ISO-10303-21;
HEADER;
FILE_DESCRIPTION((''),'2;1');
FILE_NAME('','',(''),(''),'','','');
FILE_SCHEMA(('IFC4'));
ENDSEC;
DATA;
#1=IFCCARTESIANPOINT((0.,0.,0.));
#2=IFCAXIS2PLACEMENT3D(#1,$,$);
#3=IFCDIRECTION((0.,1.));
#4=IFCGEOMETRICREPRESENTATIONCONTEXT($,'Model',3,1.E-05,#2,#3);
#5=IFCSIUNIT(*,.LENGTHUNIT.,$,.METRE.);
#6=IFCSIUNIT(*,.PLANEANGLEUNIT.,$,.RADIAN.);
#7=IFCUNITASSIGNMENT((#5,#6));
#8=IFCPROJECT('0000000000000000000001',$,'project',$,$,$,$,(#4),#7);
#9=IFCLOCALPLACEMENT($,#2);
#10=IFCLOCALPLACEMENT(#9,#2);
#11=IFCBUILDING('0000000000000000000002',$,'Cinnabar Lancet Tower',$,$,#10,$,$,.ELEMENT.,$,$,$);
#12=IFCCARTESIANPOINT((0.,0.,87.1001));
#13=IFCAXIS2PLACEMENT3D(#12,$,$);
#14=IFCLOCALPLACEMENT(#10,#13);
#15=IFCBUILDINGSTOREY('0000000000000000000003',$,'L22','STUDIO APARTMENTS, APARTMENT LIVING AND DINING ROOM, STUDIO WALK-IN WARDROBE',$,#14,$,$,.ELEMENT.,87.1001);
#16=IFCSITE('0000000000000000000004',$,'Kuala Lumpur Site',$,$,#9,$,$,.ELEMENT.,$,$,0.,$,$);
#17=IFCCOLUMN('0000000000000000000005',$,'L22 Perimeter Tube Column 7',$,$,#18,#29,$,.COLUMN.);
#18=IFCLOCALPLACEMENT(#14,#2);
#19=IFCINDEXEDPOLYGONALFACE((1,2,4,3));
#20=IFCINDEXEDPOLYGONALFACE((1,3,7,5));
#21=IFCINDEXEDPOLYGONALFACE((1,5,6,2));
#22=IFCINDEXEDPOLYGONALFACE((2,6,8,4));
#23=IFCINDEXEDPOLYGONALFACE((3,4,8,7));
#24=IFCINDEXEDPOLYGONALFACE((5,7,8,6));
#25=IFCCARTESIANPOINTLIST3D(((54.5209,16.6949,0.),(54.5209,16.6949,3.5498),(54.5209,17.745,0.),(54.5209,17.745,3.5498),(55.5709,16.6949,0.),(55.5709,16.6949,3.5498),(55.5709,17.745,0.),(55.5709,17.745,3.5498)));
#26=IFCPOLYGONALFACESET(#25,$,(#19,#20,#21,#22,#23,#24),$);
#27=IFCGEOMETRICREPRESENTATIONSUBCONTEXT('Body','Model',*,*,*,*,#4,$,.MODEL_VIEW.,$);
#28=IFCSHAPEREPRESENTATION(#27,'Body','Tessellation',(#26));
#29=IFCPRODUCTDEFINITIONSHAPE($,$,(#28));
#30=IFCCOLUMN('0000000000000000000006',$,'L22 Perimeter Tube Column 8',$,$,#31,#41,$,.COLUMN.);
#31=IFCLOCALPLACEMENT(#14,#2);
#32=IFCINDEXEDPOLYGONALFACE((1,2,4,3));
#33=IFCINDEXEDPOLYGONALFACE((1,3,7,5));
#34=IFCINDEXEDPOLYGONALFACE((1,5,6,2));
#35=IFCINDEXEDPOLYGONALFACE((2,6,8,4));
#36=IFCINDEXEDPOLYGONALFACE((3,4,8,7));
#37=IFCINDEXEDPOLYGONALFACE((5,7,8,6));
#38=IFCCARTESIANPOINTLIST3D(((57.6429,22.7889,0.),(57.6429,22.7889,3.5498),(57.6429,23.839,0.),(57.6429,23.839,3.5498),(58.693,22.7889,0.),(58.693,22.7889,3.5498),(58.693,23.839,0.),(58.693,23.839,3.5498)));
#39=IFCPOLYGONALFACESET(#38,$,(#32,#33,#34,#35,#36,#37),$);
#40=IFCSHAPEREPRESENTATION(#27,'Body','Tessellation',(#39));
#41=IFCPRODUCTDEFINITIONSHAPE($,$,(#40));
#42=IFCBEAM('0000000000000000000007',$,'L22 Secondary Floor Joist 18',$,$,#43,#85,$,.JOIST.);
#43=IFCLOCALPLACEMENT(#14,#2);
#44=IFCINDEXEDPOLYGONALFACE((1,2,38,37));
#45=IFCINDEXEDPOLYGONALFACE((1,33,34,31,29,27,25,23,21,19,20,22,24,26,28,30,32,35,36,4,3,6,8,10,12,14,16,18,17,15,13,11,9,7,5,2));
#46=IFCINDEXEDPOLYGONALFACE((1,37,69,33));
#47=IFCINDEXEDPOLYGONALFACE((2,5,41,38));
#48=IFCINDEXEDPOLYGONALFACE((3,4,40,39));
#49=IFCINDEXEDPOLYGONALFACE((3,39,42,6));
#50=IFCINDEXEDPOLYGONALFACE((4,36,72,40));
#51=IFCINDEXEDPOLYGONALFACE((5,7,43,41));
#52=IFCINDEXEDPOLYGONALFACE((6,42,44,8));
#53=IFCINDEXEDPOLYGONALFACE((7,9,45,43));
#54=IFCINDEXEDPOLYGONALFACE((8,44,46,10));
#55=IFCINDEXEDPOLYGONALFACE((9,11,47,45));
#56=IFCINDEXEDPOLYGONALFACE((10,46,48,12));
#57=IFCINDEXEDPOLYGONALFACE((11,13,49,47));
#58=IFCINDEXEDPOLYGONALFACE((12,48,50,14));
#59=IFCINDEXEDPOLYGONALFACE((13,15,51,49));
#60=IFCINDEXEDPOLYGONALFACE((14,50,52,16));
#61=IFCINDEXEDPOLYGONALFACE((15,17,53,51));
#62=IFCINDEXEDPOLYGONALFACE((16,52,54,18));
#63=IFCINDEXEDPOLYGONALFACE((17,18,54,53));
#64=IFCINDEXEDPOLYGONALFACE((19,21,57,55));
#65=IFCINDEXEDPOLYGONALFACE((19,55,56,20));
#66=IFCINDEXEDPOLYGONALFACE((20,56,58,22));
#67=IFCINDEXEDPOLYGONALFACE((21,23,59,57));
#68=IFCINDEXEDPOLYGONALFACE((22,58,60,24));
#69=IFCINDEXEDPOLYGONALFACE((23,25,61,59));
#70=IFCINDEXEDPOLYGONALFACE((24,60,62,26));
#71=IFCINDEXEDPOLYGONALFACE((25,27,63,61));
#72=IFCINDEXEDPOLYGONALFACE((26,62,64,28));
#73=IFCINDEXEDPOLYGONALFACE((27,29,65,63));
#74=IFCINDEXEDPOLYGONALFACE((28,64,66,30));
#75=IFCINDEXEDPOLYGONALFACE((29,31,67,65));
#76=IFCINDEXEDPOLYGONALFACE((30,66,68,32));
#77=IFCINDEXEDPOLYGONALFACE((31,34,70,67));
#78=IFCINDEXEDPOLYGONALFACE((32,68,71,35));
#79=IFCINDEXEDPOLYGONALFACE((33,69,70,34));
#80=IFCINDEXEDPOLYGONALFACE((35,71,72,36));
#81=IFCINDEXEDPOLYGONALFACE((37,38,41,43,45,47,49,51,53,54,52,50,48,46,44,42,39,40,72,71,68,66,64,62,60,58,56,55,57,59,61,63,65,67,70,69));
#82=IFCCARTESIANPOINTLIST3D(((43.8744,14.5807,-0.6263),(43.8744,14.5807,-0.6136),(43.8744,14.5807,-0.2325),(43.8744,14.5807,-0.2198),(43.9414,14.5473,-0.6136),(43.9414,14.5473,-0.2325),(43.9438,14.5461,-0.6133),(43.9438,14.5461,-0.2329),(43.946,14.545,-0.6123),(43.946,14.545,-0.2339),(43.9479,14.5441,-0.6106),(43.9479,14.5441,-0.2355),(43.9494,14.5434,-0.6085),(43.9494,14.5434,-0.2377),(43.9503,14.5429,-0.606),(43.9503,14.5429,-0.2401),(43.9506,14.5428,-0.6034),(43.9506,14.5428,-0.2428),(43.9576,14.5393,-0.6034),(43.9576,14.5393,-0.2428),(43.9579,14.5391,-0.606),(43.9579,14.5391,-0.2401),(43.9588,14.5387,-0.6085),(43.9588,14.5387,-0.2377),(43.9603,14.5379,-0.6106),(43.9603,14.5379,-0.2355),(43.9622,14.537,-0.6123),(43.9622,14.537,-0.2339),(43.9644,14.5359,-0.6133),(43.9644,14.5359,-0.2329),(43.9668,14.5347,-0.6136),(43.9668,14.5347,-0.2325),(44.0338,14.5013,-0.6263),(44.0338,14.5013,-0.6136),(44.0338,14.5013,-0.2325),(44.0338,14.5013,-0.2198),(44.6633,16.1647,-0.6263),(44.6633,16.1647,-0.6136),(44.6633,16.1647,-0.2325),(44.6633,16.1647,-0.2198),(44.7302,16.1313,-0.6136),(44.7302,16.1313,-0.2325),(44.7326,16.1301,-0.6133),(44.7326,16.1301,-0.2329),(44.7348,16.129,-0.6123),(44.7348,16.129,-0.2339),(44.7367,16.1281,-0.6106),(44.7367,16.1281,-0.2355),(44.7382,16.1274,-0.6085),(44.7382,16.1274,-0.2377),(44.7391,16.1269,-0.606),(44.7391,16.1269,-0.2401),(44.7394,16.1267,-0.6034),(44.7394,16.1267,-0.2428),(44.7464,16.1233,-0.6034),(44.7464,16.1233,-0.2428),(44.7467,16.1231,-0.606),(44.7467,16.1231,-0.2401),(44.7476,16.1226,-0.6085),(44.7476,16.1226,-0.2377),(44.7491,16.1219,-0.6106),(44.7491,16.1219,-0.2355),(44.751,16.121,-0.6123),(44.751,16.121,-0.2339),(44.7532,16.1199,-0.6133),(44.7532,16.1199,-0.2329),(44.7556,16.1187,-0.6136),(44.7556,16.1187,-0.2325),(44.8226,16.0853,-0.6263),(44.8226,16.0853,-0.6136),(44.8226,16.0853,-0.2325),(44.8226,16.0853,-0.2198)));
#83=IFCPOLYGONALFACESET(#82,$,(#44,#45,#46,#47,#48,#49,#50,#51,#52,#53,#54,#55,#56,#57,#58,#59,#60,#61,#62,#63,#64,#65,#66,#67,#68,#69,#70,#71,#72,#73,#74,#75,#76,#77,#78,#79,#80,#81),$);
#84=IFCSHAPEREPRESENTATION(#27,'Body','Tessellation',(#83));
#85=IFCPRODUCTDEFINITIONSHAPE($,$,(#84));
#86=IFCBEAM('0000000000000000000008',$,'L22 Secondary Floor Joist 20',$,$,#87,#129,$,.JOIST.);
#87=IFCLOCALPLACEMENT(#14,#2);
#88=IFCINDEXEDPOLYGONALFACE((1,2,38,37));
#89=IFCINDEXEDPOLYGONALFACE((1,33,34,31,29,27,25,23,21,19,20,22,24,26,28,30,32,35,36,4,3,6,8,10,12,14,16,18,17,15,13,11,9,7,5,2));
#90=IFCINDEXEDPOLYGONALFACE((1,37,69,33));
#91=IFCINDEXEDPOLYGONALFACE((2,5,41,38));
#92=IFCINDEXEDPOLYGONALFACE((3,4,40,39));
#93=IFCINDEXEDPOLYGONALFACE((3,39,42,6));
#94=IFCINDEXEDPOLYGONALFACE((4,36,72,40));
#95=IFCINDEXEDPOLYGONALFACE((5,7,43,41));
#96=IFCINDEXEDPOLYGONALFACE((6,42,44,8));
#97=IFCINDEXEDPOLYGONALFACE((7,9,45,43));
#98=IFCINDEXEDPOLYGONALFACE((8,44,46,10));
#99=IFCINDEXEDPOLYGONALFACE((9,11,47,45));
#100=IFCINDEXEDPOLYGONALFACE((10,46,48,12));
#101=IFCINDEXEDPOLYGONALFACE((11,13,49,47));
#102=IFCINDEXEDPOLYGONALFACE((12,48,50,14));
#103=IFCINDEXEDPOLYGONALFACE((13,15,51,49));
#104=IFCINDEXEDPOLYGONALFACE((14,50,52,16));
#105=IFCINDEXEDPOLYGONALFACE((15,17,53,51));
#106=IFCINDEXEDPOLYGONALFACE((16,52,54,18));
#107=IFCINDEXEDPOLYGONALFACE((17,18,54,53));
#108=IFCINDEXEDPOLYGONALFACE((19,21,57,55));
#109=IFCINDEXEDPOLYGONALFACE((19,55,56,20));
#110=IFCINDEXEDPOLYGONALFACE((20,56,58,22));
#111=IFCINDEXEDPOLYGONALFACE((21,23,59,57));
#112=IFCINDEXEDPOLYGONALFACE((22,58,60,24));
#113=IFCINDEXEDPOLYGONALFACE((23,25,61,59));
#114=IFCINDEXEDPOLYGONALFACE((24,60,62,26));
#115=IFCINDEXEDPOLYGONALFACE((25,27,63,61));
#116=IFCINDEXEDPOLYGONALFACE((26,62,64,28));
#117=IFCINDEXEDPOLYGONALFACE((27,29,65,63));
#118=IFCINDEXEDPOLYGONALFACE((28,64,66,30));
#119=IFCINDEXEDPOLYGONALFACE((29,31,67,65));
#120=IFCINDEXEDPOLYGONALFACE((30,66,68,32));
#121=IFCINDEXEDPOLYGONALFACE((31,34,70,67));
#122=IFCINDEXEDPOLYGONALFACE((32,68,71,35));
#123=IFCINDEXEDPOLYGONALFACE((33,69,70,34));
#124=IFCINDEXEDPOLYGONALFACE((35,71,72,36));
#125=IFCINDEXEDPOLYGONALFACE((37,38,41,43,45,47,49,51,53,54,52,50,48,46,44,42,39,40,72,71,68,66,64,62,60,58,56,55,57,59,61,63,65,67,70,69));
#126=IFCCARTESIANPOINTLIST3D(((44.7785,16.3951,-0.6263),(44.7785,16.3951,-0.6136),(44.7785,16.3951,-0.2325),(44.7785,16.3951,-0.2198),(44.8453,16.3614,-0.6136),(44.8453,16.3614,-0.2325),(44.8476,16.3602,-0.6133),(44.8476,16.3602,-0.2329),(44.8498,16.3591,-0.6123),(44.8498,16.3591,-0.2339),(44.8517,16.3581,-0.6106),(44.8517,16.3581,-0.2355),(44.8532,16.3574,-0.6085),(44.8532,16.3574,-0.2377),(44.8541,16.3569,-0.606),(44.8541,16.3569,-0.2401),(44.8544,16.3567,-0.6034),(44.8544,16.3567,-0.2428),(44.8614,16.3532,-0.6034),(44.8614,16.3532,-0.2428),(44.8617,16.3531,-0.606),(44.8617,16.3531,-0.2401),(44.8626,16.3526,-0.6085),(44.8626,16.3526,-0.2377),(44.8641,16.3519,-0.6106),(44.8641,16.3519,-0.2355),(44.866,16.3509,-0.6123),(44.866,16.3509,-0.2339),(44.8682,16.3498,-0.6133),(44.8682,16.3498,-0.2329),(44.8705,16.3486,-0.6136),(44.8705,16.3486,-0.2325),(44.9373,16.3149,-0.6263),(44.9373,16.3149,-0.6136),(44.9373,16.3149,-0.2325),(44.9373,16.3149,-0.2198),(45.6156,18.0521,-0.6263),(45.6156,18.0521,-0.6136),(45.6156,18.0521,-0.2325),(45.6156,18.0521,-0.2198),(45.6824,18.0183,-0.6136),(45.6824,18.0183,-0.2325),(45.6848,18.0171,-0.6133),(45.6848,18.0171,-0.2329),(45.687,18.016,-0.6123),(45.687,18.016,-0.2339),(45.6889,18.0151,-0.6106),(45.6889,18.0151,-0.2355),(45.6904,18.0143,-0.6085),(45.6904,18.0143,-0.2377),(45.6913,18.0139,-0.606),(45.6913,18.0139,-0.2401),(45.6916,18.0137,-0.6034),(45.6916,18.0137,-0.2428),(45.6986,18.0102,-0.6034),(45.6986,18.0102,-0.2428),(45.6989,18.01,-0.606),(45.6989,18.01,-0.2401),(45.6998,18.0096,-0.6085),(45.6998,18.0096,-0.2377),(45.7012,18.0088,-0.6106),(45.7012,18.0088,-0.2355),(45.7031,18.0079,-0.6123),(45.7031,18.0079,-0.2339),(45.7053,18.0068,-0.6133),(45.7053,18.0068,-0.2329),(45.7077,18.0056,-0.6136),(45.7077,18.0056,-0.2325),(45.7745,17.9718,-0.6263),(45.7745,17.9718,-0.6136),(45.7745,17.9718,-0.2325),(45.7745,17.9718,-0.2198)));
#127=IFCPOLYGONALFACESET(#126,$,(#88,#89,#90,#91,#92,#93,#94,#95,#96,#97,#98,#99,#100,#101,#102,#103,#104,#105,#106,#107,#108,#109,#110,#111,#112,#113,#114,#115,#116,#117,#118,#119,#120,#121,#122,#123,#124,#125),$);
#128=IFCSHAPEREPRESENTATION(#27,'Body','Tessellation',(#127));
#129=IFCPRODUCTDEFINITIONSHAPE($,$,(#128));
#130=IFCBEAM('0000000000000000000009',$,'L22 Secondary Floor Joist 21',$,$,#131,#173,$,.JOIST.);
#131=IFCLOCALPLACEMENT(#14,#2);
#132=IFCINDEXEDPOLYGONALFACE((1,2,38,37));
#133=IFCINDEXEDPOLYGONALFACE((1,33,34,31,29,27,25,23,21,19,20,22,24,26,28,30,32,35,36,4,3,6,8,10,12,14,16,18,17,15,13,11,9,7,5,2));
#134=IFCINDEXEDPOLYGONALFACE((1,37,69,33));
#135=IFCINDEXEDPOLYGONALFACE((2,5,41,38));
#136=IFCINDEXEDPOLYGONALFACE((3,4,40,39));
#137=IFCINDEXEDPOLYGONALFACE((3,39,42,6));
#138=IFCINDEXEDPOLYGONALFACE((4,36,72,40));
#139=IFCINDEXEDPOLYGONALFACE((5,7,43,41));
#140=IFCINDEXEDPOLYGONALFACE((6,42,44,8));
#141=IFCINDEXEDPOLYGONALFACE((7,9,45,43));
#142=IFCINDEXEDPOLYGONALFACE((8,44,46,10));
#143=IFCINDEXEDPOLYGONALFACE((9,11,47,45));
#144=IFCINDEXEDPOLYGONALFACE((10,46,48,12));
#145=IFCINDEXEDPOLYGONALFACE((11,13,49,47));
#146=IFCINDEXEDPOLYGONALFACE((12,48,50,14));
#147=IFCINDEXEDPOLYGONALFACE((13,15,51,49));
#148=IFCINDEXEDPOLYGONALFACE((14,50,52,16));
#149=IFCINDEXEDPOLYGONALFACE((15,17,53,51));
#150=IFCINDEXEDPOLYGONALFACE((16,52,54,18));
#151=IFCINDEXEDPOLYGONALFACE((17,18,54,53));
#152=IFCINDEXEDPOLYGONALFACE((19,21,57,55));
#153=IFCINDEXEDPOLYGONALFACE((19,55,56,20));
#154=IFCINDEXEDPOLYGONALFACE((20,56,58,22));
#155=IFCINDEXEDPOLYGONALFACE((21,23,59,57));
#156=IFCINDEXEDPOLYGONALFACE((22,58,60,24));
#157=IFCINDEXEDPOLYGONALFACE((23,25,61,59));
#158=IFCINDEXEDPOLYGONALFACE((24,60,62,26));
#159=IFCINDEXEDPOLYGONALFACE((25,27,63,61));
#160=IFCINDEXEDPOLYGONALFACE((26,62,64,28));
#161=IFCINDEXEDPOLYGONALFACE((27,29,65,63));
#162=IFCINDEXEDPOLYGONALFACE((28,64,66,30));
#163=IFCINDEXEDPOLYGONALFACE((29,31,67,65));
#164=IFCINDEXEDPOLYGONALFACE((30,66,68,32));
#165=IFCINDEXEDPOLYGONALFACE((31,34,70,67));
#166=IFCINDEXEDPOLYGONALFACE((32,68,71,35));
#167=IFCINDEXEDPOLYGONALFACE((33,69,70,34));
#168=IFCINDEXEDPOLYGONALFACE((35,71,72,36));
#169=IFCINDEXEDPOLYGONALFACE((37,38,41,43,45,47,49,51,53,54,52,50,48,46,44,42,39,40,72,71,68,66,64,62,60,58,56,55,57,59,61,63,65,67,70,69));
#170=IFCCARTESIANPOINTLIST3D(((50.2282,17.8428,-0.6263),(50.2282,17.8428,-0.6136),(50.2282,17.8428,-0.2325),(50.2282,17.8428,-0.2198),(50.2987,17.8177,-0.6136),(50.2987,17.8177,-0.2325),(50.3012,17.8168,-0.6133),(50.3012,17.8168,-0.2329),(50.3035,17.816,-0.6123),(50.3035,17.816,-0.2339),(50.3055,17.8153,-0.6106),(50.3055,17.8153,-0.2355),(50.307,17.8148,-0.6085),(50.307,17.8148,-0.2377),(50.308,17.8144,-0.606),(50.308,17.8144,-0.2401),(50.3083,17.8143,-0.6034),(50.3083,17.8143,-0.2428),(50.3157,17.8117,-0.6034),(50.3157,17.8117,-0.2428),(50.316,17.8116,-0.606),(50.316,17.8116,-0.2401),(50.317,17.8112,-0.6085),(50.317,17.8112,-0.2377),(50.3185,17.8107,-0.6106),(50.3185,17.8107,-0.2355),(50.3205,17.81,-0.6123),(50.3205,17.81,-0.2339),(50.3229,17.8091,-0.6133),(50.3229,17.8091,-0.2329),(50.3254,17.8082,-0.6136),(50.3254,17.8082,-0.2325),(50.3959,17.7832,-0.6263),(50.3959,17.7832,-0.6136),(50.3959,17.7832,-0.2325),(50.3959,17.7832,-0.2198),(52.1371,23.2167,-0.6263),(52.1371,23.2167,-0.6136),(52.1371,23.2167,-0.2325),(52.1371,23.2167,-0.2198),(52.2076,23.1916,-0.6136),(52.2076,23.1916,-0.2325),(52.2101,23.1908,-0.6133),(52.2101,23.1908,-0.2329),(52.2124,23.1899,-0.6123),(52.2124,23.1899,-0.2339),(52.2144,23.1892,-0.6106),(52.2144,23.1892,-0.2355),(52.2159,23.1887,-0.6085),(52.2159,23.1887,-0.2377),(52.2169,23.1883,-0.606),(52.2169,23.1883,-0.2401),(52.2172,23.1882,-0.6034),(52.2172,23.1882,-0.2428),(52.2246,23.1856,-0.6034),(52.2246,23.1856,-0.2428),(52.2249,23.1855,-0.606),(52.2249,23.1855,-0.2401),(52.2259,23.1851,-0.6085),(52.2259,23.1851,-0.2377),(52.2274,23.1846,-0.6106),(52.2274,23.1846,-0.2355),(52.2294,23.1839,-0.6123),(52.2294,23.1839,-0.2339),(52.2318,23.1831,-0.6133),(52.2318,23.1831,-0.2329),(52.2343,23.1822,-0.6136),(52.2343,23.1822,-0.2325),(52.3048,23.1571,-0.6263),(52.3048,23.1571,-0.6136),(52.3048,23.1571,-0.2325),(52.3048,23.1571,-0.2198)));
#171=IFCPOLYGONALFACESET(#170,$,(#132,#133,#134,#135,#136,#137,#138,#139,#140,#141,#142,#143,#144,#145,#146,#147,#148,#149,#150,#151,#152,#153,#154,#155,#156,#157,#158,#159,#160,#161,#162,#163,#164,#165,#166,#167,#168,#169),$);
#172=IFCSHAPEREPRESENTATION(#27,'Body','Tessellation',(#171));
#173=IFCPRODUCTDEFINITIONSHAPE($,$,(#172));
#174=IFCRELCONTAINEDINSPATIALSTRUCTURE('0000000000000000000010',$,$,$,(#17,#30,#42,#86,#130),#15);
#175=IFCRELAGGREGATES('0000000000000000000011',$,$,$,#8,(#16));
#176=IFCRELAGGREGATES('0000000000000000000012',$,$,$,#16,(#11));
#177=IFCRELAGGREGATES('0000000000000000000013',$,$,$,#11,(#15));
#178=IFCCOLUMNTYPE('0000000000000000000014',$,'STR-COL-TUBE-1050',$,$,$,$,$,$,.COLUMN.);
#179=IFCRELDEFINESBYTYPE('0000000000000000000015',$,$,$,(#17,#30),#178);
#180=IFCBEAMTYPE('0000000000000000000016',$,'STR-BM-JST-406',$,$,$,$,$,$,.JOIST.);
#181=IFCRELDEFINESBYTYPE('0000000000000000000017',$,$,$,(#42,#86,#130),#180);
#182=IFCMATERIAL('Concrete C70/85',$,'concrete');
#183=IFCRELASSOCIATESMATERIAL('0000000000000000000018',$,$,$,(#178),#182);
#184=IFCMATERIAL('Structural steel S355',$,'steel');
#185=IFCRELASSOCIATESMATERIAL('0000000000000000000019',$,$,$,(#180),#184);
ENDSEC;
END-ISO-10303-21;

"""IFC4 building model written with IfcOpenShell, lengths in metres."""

from ifc_helpers import new_model, si_unit, direction, frame, origin, origin_2d, place, context, subcontext, project, spatial, rectangle, i_section, extrude, material, material_profile, profile_set, type_object, element, save


model = new_model("IFC4")

# Units and contexts
model_context = context("Model", 3, precision=1e-05, world=origin(), true_north=direction((0.0, 1.0)))
body_context = subcontext(model_context, "Body", "Model", "MODEL_VIEW")
ifc_project = project(units=[si_unit("LENGTHUNIT", "METRE"), si_unit("PLANEANGLEUNIT", "RADIAN")], contexts=[model_context])

# Site, building, storey
site_placement = place(None, origin())
site = spatial("IfcSite", under=ifc_project, at=site_placement, Name="Kuala Lumpur Site", CompositionType="ELEMENT", RefElevation=0.0)
building_placement = place(site_placement, origin())
building = spatial("IfcBuilding", under=site, at=building_placement, Name="Cinnabar Lancet Tower", CompositionType="ELEMENT")
storey_placement = place(building_placement, frame((0.0, 0.0, 87.1001)))
storey = spatial("IfcBuildingStorey", under=building, at=storey_placement, Name="L22", Description="STUDIO APARTMENTS, APARTMENT LIVING AND DINING ROOM, STUDIO WALK-IN WARDROBE", CompositionType="ELEMENT", Elevation=87.1001)

# Columns
ifc_material_1 = material(Name="Concrete C70/85", Category="concrete")
ifc_material_profile_1 = material_profile(ifc_material_1, rectangle(XDim=1.05, YDim=1.05, at=origin_2d()), Name="RC-COL 1050x1050")
ifc_profile_set_1 = profile_set([ifc_material_profile_1], Name="Concrete C70/85")
column_type = type_object("IfcColumnType", Name="STR-COL-TUBE-1050", PredefinedType="COLUMN", material=ifc_profile_set_1)
for number, where, z_axis, x_axis, name in (
    (1, (55.0459, 17.22, 0.0), (0.0, 0.0, 1.0), (1.0, 0.0, 0.0), "L22 Perimeter Tube Column 7"),
    (2, (58.168, 23.314, 0.0), (0.0, 0.0, 1.0), (1.0, 0.0, 0.0), "L22 Perimeter Tube Column 8"),
):
    element("IfcColumn", number, at=place(storey_placement, frame(where, z_axis=z_axis, x_axis=x_axis)), inside=storey, type_object=column_type, Name=name, PredefinedType="COLUMN", context=body_context, shape_type="SweptSolid", body=[
        extrude(rectangle(XDim=1.05, YDim=1.05, at=origin_2d()), origin(), (0.0, 0.0, 1.0), 3.5498),
    ])

# Beams
ifc_material_2 = material(Name="Structural steel S355", Category="steel")
ifc_material_profile_2 = material_profile(ifc_material_2, i_section(OverallWidth=0.178, OverallDepth=0.4065, WebThickness=0.0078, FlangeThickness=0.0127, FilletRadius=0.0103, at=origin_2d()), Name="UKB 406x178x60")
ifc_profile_set_2 = profile_set([ifc_material_profile_2], Name="Structural steel S355")
beam_type_1 = type_object("IfcBeamType", Name="STR-BM-JST-406", PredefinedType="JOIST", material=ifc_profile_set_2)
beam_1_placement = place(storey_placement, frame((43.9541, 14.541, -0.4231), z_axis=(0.445778, 0.895143, 0.0), x_axis=(-0.895143, 0.445778, 0.0)))
element("IfcBeam", 3, at=beam_1_placement, inside=storey, type_object=beam_type_1, Name="L22 Secondary Floor Joist 18", PredefinedType="JOIST", context=body_context, shape_type="SweptSolid", body=[
    extrude(i_section(OverallWidth=0.178, OverallDepth=0.4065, WebThickness=0.0078, FlangeThickness=0.0127, FilletRadius=0.0103, at=origin_2d()), origin(), (0.0, 0.0, 1.0), 1.7695),
])
beam_2_placement = place(storey_placement, frame((44.8579, 16.355, -0.4231), z_axis=(0.450945, 0.892552, 0.0), x_axis=(-0.892552, 0.450945, 0.0)))
element("IfcBeam", 4, at=beam_2_placement, inside=storey, type_object=beam_type_1, Name="L22 Secondary Floor Joist 20", PredefinedType="JOIST", context=body_context, shape_type="SweptSolid", body=[
    extrude(i_section(OverallWidth=0.178, OverallDepth=0.4065, WebThickness=0.0078, FlangeThickness=0.0127, FilletRadius=0.0103, at=origin_2d()), origin(), (0.0, 0.0, 1.0), 1.8564),
])
beam_3_placement = place(storey_placement, frame((50.312, 17.813, -0.4231), z_axis=(0.334725, 0.942316, 0.0), x_axis=(-0.942316, 0.334725, 0.0)))
element("IfcBeam", 5, at=beam_3_placement, inside=storey, type_object=beam_type_1, Name="L22 Secondary Floor Joist 21", PredefinedType="JOIST", context=body_context, shape_type="SweptSolid", body=[
    extrude(i_section(OverallWidth=0.178, OverallDepth=0.4065, WebThickness=0.0078, FlangeThickness=0.0127, FilletRadius=0.0103, at=origin_2d()), origin(), (0.0, 0.0, 1.0), 5.7029),
])

save(model, "model.ifc")
